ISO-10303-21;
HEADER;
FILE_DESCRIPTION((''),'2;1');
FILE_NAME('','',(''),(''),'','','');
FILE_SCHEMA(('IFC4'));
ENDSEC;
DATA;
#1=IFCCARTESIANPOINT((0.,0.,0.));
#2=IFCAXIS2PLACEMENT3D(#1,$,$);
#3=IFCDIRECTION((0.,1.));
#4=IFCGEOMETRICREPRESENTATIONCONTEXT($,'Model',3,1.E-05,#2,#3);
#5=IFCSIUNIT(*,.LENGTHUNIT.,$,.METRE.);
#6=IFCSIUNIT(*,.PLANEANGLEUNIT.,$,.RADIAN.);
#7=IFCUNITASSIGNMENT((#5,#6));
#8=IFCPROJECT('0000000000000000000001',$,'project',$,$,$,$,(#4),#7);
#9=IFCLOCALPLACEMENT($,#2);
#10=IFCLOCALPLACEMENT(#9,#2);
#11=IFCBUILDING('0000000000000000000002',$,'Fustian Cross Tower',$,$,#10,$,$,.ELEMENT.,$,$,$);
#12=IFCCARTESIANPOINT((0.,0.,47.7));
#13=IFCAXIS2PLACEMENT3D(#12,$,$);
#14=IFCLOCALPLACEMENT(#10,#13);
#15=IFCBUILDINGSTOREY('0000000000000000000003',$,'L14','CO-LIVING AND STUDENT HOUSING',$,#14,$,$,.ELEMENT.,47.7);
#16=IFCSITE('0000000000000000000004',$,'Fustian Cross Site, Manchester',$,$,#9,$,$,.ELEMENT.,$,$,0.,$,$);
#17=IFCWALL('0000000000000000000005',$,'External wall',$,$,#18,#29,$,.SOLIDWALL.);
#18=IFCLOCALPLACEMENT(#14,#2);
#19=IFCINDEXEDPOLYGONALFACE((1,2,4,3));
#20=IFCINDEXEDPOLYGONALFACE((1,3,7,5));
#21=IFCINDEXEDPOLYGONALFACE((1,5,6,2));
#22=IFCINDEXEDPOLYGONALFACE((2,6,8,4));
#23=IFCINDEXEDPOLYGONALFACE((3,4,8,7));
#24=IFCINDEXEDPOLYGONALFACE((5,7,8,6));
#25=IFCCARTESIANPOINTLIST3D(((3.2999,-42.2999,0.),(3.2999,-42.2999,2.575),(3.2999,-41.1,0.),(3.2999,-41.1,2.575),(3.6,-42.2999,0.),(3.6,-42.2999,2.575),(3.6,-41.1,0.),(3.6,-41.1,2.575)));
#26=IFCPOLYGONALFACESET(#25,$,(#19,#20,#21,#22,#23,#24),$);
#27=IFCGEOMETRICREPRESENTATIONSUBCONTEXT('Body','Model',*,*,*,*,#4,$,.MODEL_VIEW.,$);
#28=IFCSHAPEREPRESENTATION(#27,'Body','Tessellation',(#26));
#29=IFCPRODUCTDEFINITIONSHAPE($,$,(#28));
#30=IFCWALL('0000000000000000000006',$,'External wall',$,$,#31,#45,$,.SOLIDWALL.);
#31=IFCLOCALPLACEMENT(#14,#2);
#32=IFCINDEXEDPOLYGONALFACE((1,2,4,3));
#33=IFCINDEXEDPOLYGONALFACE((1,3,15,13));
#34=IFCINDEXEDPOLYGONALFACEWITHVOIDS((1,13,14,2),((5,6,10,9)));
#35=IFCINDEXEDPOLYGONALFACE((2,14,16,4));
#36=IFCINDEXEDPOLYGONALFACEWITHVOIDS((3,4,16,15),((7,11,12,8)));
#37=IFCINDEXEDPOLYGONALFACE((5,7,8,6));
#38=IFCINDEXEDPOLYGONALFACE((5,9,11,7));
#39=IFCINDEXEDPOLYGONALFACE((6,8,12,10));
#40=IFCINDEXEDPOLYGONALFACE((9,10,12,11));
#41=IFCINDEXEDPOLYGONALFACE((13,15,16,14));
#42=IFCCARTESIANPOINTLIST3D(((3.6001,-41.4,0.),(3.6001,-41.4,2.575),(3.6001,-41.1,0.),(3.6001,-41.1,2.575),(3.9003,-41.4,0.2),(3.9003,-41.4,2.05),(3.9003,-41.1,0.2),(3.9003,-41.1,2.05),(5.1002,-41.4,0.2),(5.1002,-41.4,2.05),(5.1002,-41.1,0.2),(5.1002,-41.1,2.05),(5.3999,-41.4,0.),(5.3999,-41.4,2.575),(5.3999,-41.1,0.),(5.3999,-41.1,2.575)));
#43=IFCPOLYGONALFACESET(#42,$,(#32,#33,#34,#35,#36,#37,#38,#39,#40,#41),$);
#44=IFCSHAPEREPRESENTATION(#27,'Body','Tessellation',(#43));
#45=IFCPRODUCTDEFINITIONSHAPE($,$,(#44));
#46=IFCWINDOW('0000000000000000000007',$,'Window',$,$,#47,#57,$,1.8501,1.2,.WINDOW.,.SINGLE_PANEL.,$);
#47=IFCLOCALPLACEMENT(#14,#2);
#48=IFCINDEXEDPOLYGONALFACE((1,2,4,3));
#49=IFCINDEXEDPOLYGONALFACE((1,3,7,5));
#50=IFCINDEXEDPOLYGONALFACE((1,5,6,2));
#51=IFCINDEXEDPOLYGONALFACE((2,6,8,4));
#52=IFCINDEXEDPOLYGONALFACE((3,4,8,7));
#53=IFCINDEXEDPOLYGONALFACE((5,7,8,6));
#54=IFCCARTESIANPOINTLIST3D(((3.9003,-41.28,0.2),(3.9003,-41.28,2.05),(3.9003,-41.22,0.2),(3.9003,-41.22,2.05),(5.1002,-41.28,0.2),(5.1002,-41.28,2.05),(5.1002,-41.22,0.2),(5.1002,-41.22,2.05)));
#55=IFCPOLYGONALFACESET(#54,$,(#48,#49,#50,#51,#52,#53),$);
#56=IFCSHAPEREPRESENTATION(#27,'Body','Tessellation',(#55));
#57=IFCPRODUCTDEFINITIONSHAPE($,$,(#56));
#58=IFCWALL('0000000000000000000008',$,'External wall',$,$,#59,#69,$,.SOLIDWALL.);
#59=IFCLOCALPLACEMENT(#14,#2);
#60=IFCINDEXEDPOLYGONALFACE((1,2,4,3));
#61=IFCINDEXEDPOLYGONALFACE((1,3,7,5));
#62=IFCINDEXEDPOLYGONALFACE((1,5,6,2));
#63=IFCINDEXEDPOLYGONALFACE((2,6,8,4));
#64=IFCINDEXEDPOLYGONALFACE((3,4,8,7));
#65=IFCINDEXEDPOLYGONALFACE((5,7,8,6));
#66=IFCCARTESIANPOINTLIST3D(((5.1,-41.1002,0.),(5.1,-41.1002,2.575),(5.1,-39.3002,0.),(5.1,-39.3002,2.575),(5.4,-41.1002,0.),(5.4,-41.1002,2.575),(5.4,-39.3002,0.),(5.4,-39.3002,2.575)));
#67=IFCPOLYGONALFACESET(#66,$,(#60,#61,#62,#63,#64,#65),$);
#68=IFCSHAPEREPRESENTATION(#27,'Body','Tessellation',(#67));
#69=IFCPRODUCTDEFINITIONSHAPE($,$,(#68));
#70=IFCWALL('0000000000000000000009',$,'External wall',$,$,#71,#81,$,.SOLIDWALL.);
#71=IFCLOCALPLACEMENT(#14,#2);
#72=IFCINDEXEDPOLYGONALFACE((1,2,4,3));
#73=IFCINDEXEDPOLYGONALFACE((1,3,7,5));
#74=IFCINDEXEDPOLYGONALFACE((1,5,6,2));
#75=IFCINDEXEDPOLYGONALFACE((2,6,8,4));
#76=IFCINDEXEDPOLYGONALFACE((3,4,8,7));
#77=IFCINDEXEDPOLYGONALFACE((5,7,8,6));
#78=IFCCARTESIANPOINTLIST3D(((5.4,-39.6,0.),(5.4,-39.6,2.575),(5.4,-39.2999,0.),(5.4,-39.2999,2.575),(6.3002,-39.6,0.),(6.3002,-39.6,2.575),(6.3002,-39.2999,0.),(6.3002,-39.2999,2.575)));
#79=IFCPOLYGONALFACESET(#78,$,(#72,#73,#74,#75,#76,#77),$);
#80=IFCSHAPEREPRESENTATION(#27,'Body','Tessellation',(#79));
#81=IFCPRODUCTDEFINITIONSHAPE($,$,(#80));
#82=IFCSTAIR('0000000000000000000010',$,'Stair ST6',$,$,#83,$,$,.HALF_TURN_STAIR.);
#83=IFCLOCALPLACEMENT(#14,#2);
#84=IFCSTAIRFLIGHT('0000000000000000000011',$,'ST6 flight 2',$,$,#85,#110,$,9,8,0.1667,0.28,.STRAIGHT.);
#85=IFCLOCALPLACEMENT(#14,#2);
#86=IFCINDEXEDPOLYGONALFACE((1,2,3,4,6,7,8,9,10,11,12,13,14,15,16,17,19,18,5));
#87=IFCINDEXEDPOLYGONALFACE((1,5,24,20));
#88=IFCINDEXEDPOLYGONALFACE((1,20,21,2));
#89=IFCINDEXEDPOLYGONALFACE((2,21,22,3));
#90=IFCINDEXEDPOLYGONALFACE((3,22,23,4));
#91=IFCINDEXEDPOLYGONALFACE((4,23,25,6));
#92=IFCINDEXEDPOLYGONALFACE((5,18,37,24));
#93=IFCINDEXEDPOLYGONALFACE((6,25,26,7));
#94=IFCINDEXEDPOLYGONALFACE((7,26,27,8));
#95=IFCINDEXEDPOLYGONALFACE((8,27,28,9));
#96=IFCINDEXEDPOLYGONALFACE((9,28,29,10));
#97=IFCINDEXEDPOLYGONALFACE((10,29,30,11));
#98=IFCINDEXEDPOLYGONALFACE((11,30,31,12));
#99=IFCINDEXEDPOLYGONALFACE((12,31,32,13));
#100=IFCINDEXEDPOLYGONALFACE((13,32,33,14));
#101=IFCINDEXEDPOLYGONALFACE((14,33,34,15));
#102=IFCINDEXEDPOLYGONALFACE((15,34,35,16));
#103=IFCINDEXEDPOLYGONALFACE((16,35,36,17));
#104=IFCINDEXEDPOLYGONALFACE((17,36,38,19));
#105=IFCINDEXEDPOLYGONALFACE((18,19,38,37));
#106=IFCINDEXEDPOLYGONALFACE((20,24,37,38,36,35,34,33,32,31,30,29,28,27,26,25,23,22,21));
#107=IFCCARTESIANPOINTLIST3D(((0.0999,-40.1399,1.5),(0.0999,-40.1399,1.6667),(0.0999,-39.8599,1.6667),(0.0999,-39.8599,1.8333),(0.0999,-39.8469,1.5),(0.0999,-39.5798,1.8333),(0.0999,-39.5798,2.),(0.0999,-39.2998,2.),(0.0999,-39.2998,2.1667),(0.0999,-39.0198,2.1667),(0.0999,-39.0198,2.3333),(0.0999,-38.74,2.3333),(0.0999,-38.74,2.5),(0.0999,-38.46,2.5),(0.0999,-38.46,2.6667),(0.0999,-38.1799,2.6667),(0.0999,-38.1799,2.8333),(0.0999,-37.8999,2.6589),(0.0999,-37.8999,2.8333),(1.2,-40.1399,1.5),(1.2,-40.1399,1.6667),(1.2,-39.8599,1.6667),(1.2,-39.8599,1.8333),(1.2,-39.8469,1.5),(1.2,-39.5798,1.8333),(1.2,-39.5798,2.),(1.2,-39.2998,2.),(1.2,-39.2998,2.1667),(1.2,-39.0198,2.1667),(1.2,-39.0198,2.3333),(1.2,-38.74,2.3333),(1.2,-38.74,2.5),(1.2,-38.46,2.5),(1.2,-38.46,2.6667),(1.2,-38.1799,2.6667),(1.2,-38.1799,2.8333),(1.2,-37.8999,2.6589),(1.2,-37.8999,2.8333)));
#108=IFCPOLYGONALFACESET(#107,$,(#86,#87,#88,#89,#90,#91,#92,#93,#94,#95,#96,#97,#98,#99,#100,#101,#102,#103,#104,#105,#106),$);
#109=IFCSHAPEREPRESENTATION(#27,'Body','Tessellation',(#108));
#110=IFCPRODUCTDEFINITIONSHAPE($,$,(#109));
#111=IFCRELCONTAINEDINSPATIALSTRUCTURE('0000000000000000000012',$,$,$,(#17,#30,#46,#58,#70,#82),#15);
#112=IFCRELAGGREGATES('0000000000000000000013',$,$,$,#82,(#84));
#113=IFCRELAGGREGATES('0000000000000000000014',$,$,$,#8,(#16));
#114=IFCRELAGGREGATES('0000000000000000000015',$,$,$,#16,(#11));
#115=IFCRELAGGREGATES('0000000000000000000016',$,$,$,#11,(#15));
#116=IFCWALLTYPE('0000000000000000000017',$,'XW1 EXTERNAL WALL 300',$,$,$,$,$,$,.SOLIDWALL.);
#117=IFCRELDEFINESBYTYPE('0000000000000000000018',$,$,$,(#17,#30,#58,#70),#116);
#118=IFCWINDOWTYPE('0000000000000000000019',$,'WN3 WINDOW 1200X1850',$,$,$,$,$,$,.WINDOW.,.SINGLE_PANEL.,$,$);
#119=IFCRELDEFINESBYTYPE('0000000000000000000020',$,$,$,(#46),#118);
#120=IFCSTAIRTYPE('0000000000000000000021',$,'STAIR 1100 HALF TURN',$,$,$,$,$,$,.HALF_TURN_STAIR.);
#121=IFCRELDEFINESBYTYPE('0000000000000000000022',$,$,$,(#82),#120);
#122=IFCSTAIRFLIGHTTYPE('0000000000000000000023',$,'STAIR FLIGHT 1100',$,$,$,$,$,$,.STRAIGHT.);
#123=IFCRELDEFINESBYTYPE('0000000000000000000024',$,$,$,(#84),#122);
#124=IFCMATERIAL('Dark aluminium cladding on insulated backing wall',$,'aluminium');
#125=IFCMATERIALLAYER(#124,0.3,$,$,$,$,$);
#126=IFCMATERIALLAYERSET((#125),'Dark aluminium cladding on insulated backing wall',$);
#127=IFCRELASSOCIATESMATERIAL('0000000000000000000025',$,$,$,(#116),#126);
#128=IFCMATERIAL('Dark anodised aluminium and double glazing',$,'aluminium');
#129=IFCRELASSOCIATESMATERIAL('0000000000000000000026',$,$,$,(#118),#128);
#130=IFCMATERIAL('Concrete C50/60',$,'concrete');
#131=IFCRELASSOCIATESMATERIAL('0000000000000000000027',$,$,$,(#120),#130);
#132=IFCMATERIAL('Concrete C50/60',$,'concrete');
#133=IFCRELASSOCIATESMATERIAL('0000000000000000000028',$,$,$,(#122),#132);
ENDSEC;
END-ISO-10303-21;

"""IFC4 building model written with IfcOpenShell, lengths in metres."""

from ifc_helpers import new_model, si_unit, direction, frame, frame_2d, origin, place, context, subcontext, project, spatial, polyline, rectangle, outline, extrude, material, layer, layer_set, type_object, element, fill, aggregate, save


model = new_model("IFC4")

# Units and contexts
model_context = context("Model", 3, precision=1e-05, world=origin(), true_north=direction((0.0, 1.0)))
body_context = subcontext(model_context, "Body", "Model", "MODEL_VIEW")
ifc_project = project(units=[si_unit("LENGTHUNIT", "METRE"), si_unit("PLANEANGLEUNIT", "RADIAN")], contexts=[model_context])

# Site, building, storey
site_placement = place(None, origin())
site = spatial("IfcSite", under=ifc_project, at=site_placement, Name="Fustian Cross Site, Manchester", CompositionType="ELEMENT", RefElevation=0.0)
building_placement = place(site_placement, origin())
building = spatial("IfcBuilding", under=site, at=building_placement, Name="Fustian Cross Tower", CompositionType="ELEMENT")
storey_placement = place(building_placement, frame((0.0, 0.0, 47.7)))
storey = spatial("IfcBuildingStorey", under=building, at=storey_placement, Name="L14", Description="CO-LIVING AND STUDENT HOUSING", CompositionType="ELEMENT", Elevation=47.7)

# Wall
ifc_material_1 = material(Name="Dark aluminium cladding on insulated backing wall", Category="aluminium")
ifc_layer_1 = layer(ifc_material_1, 0.3)
ifc_layer_set_1 = layer_set([ifc_layer_1], Name="Dark aluminium cladding on insulated backing wall")
wall_type_1 = type_object("IfcWallType", Name="XW1 EXTERNAL WALL 300", PredefinedType="SOLIDWALL", material=ifc_layer_set_1)
wall_1_placement = place(storey_placement, frame((3.45, -42.3, 0.0), z_axis=(0.0, 0.0, 1.0), x_axis=(0.0, 1.0, 0.0)))
element("IfcWall", 1, at=wall_1_placement, inside=storey, type_object=wall_type_1, Name="External wall", PredefinedType="SOLIDWALL", context=body_context, shape_type="SweptSolid", body=[
    extrude(rectangle(XDim=1.2, YDim=0.3, at=frame_2d((0.6001, 0.0))), origin(), (0.0, 0.0, 1.0), 2.575),
])

# Wall, opening, window
wall_2_placement = place(storey_placement, frame((3.6001, -41.25, 0.0), z_axis=(0.0, 0.0, 1.0), x_axis=(1.0, 0.0, 0.0)))
wall_2 = element("IfcWall", 2, at=wall_2_placement, inside=storey, type_object=wall_type_1, Name="External wall", PredefinedType="SOLIDWALL", context=body_context, shape_type="SweptSolid", body=[
    extrude(rectangle(XDim=1.7998, YDim=0.3, at=frame_2d((0.8999, 0.0))), origin(), (0.0, 0.0, 1.0), 2.575),
])
opening_1_placement = place(wall_2_placement, frame((0.3, 0.0, 0.2)))
opening_1 = element("IfcOpeningElement", 3, at=opening_1_placement, cuts=wall_2, PredefinedType="OPENING", context=body_context, shape_type="SweptSolid", body=[
    extrude(rectangle(XDim=1.2, YDim=1.8501, at=frame_2d((0.6001, 0.925))), frame((0.0, 0.1599, 0.0), z_axis=(0.0, -1.0, 0.0), x_axis=(1.0, 0.0, 0.0)), (0.0, 0.0, 1.0), 0.3201),
])
ifc_material_2 = material(Name="Dark anodised aluminium and double glazing", Category="aluminium")
window_type = type_object("IfcWindowType", Name="WN3 WINDOW 1200X1850", PartitioningType="SINGLE_PANEL", PredefinedType="WINDOW", material=ifc_material_2)
window_placement = place(opening_1_placement, origin())
window = element("IfcWindow", 4, at=window_placement, inside=storey, type_object=window_type, Name="Window", OverallHeight=1.8501, OverallWidth=1.2, PartitioningType="SINGLE_PANEL", PredefinedType="WINDOW", context=body_context, shape_type="SweptSolid", body=[
    extrude(rectangle(XDim=1.2, YDim=1.8501, at=frame_2d((0.6001, 0.925))), frame((0.0, 0.03, 0.0), z_axis=(0.0, -1.0, 0.0), x_axis=(1.0, 0.0, 0.0)), (0.0, 0.0, 1.0), 0.0601),
])
fill(opening_1, window)

# Walls
wall_3_placement = place(storey_placement, frame((5.25, -41.1001, 0.0), z_axis=(0.0, 0.0, 1.0), x_axis=(0.0, 1.0, 0.0)))
element("IfcWall", 5, at=wall_3_placement, inside=storey, type_object=wall_type_1, Name="External wall", PredefinedType="SOLIDWALL", context=body_context, shape_type="SweptSolid", body=[
    extrude(rectangle(XDim=1.8, YDim=0.3, at=frame_2d((0.8999, 0.0))), origin(), (0.0, 0.0, 1.0), 2.575),
])
wall_4_placement = place(storey_placement, frame((5.3999, -39.45, 0.0), z_axis=(0.0, 0.0, 1.0), x_axis=(1.0, 0.0, 0.0)))
element("IfcWall", 6, at=wall_4_placement, inside=storey, type_object=wall_type_1, Name="External wall", PredefinedType="SOLIDWALL", context=body_context, shape_type="SweptSolid", body=[
    extrude(rectangle(XDim=0.9001, YDim=0.3, at=frame_2d((0.4502, 0.0))), origin(), (0.0, 0.0, 1.0), 2.575),
])

# Stair, stair flight
ifc_material_3 = material(Name="Concrete C50/60", Category="concrete")
stair_type = type_object("IfcStairType", Name="STAIR 1100 HALF TURN", PredefinedType="HALF_TURN_STAIR", material=ifc_material_3)
stair_placement = place(storey_placement, origin())
stair = element("IfcStair", 7, at=stair_placement, inside=storey, type_object=stair_type, Name="Stair ST6", PredefinedType="HALF_TURN_STAIR")
ifc_material_4 = material(Name="Concrete C50/60", Category="concrete")
stair_flight_type = type_object("IfcStairFlightType", Name="STAIR FLIGHT 1100", PredefinedType="STRAIGHT", material=ifc_material_4)
stair_flight_placement = place(storey_placement, frame((0.6499, -40.1399, 1.5), z_axis=(0.0, 0.0, 1.0), x_axis=(0.0, 1.0, 0.0)))
stair_flight = element("IfcStairFlight", 8, at=stair_flight_placement, type_object=stair_flight_type, Name="ST6 flight 2", NumberOfRisers=9, NumberOfTreads=8, PredefinedType="STRAIGHT", RiserHeight=0.1667, TreadLength=0.28, context=body_context, shape_type="SweptSolid", body=[
    extrude(outline(polyline([(0.0, 0.0), (0.0, 0.1667), (0.28, 0.1667), (0.28, 0.3333), (0.5601, 0.3333), (0.5601, 0.5), (0.8401, 0.5), (0.8401, 0.6667), (1.1201, 0.6667), (1.1201, 0.8333), (1.3999, 0.8333), (1.3999, 1.0), (1.6799, 1.0), (1.6799, 1.1667), (1.96, 1.1667), (1.96, 1.3333), (2.24, 1.3333), (2.24, 1.5), (2.24, 1.1589), (0.293, 0.0), (0.0, 0.0)])), frame((0.0, 0.55, 0.0), z_axis=(0.0, -1.0, 0.0), x_axis=(1.0, 0.0, 0.0)), (0.0, 0.0, 1.0), 1.1001),
])
aggregate(stair, [stair_flight])

save(model, "model.ifc")
